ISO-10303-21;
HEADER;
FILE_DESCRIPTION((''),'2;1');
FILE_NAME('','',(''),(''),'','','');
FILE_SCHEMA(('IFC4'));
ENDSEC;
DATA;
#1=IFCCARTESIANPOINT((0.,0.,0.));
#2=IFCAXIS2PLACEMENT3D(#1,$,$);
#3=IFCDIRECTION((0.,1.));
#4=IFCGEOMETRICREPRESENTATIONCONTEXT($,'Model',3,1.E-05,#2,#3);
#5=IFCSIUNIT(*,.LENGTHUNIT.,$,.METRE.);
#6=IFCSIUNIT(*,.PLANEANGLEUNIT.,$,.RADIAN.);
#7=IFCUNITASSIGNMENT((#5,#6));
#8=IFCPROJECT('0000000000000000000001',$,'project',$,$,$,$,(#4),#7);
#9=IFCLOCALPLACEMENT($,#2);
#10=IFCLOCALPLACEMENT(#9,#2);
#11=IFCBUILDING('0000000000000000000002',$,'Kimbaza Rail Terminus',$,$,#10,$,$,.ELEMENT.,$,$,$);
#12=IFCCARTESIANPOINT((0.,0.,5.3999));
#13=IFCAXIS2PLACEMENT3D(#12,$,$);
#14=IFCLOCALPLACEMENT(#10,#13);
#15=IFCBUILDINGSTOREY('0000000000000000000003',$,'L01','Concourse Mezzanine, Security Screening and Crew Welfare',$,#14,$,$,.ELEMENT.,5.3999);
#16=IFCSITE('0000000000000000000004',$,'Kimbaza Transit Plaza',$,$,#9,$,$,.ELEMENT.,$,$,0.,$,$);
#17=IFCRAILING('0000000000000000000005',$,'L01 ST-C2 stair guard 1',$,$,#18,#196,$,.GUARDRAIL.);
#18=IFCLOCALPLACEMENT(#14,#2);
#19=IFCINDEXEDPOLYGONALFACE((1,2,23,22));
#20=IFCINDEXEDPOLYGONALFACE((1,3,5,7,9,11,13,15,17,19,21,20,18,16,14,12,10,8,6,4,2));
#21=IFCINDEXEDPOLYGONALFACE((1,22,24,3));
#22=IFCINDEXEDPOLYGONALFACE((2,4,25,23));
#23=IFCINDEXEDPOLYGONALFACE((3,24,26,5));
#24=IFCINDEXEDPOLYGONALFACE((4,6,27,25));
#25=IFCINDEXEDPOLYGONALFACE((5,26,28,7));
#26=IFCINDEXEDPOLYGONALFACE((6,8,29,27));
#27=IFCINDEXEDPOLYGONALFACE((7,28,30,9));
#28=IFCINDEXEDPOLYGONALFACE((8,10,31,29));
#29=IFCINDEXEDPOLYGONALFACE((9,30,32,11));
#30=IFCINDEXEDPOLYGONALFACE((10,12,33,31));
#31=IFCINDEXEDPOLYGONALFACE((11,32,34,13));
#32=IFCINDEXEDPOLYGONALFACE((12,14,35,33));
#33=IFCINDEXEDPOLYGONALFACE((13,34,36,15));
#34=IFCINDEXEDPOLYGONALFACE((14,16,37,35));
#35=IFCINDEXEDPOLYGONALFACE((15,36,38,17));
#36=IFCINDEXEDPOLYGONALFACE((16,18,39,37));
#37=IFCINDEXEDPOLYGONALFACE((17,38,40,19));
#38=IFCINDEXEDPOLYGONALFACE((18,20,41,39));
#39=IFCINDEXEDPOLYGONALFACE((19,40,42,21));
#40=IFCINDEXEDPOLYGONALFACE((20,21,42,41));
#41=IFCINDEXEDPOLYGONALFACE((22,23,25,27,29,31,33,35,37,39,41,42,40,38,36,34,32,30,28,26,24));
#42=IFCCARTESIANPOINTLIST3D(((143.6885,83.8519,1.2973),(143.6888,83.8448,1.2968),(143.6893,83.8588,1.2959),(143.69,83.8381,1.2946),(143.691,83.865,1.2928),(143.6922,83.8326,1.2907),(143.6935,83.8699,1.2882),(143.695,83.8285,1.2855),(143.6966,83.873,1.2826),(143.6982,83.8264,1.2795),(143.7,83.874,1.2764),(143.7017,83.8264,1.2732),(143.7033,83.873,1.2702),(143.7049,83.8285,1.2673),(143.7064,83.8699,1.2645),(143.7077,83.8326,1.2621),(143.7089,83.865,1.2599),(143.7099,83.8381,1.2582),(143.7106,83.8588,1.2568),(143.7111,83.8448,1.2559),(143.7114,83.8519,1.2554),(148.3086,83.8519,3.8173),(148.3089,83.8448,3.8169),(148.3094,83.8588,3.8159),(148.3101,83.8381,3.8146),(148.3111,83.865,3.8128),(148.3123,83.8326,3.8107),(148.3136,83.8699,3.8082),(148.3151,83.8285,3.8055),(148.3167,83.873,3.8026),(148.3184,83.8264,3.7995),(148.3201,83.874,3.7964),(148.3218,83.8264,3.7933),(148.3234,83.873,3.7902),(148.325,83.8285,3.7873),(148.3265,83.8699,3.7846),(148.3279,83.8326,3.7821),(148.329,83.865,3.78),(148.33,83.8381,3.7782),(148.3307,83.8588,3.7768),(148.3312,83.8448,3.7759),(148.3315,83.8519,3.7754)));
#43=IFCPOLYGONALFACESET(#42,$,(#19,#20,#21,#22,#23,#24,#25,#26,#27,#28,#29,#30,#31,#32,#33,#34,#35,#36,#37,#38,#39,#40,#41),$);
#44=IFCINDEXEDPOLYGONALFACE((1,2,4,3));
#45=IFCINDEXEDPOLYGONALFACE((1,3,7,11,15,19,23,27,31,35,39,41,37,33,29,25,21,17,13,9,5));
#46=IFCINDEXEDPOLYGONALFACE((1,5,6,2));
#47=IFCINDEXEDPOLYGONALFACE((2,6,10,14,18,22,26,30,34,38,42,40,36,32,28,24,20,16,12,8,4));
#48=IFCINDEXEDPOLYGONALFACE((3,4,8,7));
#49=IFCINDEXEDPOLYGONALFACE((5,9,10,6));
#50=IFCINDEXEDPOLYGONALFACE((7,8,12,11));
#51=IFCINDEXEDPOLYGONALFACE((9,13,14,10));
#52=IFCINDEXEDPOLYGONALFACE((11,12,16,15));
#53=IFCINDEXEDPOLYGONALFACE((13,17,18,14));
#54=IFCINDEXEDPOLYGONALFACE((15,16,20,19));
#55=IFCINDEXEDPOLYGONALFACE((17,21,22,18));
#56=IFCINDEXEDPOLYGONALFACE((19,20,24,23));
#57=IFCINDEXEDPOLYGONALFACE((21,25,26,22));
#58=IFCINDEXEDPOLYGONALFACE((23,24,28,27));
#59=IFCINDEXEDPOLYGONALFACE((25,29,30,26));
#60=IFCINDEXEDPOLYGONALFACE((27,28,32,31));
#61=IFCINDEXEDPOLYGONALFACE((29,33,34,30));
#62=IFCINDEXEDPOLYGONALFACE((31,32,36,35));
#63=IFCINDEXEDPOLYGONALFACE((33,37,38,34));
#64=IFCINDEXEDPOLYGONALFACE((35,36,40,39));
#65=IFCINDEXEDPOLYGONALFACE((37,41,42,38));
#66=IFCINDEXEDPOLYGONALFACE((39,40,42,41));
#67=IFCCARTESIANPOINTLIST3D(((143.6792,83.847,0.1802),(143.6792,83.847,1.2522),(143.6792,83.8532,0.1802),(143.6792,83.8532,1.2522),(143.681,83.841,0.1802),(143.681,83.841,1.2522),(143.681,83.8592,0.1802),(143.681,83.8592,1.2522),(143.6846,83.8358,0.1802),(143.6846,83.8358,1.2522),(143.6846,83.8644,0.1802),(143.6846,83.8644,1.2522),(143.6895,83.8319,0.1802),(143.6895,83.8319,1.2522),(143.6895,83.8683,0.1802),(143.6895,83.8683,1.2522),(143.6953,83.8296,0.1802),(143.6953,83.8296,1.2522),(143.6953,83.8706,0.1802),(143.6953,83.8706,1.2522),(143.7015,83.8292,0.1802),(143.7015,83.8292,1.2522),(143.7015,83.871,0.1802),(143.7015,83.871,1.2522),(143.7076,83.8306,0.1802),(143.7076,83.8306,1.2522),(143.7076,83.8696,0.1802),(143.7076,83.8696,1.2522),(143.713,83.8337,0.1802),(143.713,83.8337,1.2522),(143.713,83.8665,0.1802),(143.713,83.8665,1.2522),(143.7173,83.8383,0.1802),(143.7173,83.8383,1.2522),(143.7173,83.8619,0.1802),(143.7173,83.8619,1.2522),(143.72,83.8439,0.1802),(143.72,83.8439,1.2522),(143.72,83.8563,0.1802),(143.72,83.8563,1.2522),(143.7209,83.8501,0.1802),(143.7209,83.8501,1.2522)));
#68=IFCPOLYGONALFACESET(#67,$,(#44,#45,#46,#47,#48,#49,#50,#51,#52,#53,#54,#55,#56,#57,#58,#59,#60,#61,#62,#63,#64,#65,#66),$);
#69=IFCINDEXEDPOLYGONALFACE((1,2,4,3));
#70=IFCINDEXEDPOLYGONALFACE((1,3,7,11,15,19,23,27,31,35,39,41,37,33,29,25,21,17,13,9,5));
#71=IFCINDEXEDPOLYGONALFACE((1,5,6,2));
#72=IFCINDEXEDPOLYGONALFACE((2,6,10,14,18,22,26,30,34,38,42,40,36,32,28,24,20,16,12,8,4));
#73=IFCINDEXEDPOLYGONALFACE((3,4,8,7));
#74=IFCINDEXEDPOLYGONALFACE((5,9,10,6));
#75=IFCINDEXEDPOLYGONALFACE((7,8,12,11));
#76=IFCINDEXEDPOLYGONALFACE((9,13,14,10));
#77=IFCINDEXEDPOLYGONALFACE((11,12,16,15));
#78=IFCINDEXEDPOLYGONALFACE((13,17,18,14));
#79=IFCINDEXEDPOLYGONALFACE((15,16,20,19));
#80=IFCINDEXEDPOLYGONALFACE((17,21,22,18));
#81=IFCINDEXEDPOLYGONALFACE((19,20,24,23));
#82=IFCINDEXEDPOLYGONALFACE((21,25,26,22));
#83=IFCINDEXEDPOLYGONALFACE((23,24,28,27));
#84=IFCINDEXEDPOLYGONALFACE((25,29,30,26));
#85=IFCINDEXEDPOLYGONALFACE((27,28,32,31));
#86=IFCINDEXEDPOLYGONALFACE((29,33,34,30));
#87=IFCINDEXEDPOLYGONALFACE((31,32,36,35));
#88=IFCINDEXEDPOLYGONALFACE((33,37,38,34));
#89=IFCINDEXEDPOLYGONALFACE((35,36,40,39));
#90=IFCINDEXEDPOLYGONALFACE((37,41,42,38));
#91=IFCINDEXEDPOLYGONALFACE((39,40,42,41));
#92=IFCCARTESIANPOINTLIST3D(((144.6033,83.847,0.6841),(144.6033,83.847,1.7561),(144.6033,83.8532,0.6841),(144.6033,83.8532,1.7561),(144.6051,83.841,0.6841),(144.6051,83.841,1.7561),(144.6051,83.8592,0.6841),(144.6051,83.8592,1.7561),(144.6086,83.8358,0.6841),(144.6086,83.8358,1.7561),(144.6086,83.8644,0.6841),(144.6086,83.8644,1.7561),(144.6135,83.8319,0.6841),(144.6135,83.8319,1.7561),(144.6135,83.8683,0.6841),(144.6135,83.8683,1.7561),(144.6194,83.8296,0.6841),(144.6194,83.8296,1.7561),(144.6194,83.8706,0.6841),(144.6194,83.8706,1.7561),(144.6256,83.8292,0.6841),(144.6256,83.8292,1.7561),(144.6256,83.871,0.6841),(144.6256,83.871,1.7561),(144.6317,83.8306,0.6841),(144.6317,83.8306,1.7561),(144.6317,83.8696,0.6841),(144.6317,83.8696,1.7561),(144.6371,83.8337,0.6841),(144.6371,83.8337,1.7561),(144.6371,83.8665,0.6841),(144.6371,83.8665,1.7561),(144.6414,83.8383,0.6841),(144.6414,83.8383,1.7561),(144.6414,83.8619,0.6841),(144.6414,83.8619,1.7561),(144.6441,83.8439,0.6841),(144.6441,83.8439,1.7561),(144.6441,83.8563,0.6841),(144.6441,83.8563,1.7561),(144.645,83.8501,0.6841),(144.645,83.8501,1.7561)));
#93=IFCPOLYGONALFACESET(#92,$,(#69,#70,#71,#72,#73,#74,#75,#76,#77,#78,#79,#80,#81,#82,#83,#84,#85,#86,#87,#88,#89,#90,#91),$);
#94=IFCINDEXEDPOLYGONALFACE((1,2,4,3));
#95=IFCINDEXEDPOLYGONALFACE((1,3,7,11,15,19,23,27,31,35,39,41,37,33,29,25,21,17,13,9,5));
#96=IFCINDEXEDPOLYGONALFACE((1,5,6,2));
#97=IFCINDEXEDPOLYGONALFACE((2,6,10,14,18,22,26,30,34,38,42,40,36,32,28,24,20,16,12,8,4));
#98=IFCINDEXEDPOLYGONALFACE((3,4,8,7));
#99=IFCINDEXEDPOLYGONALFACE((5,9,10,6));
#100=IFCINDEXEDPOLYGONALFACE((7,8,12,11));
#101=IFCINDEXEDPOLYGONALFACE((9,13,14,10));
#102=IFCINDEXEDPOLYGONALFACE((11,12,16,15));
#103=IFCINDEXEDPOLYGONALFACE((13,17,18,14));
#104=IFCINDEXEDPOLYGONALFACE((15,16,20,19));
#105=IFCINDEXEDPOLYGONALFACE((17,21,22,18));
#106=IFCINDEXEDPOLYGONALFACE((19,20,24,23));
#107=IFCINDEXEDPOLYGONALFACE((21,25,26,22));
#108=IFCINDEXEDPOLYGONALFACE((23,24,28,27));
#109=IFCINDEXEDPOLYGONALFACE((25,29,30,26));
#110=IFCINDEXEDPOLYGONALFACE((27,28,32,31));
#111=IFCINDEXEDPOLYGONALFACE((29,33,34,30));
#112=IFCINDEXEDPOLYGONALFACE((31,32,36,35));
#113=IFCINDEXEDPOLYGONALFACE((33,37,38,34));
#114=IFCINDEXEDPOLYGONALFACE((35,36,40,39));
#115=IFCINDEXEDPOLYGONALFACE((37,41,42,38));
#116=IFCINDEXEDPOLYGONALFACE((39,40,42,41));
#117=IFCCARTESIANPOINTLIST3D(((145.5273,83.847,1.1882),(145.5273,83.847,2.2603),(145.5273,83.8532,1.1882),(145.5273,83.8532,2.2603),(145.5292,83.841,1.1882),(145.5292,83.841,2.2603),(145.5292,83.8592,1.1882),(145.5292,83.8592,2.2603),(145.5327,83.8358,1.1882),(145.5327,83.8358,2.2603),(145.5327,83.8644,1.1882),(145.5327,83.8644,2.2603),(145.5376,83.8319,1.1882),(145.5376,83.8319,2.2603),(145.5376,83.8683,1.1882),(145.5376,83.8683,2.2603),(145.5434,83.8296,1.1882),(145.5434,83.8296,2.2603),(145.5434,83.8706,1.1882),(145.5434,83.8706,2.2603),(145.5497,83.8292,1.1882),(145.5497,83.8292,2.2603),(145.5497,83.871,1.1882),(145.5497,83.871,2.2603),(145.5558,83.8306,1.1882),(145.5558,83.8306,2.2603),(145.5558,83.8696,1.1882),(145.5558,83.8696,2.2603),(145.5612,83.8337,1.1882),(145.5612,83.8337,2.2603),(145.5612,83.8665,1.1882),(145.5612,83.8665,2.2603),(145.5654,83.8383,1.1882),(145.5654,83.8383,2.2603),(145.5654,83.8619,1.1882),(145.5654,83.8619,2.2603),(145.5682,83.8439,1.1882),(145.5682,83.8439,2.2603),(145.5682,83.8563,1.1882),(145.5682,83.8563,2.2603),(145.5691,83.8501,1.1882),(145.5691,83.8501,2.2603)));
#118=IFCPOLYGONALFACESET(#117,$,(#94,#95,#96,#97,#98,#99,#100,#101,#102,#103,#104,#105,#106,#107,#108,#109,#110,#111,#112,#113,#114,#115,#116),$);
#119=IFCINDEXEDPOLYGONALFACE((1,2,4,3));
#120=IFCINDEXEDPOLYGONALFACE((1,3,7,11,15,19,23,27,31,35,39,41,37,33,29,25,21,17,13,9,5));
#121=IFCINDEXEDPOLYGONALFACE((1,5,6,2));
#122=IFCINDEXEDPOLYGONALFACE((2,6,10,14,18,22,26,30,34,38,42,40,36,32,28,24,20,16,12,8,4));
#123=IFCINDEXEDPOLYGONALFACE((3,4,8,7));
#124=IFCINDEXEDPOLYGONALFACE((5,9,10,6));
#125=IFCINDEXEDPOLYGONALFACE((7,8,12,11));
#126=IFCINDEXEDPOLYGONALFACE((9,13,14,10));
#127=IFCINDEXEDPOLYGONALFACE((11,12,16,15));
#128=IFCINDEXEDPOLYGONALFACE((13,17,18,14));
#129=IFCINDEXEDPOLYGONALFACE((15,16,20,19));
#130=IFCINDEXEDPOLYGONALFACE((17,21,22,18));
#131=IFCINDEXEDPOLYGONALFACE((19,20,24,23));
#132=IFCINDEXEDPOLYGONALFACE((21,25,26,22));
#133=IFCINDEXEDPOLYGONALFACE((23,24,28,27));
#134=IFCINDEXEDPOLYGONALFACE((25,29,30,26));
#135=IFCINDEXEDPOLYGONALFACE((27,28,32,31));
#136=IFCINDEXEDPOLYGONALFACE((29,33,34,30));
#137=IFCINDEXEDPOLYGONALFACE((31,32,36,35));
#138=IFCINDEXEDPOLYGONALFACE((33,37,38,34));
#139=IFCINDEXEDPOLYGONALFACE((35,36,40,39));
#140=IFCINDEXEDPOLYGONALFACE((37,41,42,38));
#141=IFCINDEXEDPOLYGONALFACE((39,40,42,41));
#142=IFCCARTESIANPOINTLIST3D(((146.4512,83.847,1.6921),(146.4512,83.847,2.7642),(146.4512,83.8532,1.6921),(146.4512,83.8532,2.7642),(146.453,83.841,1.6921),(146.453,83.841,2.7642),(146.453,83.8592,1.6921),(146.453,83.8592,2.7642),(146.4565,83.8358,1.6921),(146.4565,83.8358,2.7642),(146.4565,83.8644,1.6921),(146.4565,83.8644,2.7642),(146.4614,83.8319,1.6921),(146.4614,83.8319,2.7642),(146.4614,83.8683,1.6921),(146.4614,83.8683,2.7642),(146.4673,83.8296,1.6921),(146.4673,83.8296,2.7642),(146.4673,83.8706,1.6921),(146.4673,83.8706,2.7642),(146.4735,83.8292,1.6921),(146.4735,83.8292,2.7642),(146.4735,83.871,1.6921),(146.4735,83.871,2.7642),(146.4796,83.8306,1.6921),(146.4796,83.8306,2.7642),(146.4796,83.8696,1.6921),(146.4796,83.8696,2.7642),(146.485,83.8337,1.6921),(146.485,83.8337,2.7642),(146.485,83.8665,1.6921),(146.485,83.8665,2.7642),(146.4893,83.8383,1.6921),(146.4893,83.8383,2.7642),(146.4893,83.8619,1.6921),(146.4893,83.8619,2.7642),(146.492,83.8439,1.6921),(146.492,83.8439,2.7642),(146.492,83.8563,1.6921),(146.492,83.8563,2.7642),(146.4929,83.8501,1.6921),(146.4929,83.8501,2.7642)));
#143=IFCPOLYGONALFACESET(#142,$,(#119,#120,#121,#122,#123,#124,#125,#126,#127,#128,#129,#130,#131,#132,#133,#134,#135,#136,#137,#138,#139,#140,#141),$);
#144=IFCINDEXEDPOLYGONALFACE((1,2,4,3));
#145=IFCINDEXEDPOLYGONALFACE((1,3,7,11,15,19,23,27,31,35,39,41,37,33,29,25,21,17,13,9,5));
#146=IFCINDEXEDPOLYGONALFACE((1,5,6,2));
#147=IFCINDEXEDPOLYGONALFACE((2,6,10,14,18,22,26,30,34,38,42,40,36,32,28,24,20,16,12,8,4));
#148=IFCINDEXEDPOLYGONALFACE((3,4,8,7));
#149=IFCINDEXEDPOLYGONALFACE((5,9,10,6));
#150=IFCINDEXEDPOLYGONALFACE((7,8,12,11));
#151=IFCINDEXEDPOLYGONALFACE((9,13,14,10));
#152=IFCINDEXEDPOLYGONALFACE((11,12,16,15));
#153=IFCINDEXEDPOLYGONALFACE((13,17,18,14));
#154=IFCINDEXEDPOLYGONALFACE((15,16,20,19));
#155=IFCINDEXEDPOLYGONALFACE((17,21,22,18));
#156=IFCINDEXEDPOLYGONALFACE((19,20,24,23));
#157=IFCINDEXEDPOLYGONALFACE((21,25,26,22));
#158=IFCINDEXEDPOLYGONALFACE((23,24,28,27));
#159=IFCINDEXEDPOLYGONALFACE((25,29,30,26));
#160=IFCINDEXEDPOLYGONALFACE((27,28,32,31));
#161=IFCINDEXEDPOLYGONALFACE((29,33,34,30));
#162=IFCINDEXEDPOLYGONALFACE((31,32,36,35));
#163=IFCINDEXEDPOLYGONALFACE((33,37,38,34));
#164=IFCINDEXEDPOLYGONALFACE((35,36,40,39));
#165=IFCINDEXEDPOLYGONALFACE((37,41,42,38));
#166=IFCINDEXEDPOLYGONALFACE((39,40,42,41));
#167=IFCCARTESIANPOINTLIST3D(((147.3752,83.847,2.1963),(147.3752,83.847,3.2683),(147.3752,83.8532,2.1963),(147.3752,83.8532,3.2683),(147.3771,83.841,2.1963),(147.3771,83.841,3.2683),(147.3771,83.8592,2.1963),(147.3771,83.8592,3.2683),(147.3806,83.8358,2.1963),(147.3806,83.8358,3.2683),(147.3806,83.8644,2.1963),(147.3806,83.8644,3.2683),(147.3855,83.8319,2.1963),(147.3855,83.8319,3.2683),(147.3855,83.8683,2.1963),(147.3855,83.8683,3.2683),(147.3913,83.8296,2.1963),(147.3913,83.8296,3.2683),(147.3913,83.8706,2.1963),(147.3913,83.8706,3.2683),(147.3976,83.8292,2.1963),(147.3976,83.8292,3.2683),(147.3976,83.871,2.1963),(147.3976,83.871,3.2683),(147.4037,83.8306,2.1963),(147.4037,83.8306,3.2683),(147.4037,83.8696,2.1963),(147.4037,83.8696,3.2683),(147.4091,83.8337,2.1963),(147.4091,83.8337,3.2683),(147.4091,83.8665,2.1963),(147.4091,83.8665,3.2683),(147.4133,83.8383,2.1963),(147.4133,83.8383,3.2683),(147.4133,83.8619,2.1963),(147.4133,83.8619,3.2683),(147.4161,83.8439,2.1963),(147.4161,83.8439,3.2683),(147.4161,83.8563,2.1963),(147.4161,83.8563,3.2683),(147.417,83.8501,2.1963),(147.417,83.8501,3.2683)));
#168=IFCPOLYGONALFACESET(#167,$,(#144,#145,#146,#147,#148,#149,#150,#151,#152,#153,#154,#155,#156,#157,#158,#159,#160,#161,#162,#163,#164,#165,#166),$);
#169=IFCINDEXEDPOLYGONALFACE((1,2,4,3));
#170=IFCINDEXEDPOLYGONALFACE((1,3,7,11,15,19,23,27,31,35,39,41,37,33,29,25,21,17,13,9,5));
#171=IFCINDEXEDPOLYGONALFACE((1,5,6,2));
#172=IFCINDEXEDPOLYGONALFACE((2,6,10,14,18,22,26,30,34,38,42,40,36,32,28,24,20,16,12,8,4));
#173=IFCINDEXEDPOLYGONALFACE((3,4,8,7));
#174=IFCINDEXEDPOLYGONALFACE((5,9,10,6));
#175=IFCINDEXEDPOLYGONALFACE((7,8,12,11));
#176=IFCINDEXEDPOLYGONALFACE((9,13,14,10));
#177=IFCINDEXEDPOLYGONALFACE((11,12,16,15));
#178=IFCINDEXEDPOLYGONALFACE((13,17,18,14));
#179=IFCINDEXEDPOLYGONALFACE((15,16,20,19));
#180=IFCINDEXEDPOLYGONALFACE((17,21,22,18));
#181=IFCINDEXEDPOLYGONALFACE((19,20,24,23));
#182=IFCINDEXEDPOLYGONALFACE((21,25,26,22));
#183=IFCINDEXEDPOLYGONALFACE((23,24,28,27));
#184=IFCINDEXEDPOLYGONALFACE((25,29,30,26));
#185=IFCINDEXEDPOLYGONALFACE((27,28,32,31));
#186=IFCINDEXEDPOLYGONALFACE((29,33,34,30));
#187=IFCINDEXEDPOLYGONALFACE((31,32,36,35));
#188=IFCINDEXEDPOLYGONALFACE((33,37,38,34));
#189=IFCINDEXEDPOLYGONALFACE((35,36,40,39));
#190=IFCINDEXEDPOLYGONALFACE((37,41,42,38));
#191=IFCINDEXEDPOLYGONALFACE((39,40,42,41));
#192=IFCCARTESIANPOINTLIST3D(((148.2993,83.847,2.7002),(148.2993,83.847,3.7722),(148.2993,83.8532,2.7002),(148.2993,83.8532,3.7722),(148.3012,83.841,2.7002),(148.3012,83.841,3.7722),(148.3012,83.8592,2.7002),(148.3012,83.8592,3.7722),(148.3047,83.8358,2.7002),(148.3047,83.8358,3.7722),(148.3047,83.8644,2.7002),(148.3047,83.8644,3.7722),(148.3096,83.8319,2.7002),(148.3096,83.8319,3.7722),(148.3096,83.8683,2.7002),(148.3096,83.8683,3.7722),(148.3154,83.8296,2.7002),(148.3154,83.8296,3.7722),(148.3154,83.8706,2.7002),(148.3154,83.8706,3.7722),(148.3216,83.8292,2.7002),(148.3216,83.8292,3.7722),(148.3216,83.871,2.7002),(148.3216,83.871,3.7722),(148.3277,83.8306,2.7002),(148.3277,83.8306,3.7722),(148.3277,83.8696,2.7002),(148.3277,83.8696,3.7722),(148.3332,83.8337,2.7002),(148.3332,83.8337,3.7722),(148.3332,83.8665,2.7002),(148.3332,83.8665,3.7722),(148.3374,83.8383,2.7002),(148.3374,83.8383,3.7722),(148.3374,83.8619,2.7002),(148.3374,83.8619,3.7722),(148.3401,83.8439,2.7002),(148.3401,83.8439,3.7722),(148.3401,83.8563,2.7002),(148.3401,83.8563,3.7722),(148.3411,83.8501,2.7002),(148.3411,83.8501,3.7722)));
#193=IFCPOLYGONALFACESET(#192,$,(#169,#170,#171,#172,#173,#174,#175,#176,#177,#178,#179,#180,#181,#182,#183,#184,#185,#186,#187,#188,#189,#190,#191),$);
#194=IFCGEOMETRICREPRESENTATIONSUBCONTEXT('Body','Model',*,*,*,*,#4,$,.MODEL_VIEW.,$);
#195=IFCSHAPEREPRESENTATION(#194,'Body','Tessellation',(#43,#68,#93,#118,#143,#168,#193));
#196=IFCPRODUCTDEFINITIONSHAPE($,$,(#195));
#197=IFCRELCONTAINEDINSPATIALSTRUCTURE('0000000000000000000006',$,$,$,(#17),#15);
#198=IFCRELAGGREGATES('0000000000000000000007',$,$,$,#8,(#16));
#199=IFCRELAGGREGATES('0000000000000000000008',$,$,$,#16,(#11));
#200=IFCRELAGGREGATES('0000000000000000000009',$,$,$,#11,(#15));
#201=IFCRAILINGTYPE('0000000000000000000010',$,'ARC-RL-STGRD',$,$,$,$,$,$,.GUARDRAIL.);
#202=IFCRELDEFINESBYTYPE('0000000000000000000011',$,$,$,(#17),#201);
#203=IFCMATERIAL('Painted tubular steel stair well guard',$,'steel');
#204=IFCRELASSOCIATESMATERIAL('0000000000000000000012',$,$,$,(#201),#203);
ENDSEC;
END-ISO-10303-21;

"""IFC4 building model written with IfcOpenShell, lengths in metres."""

from ifc_helpers import new_model, si_unit, direction, frame, origin, origin_2d, place, context, subcontext, project, spatial, circle, extrude, material, type_object, element, save


model = new_model("IFC4")

# Units and contexts
model_context = context("Model", 3, precision=1e-05, world=origin(), true_north=direction((0.0, 1.0)))
body_context = subcontext(model_context, "Body", "Model", "MODEL_VIEW")
ifc_project = project(units=[si_unit("LENGTHUNIT", "METRE"), si_unit("PLANEANGLEUNIT", "RADIAN")], contexts=[model_context])

# Site, building, storey
site_placement = place(None, origin())
site = spatial("IfcSite", under=ifc_project, at=site_placement, Name="Kimbaza Transit Plaza", CompositionType="ELEMENT", RefElevation=0.0)
building_placement = place(site_placement, origin())
building = spatial("IfcBuilding", under=site, at=building_placement, Name="Kimbaza Rail Terminus", CompositionType="ELEMENT")
storey_placement = place(building_placement, frame((0.0, 0.0, 5.3999)))
storey = spatial("IfcBuildingStorey", under=building, at=storey_placement, Name="L01", Description="Concourse Mezzanine, Security Screening and Crew Welfare", CompositionType="ELEMENT", Elevation=5.3999)

# Railing
ifc_material_1 = material(Name="Painted tubular steel stair well guard", Category="steel")
railing_type_1 = type_object("IfcRailingType", Name="ARC-RL-STGRD", PredefinedType="GUARDRAIL", material=ifc_material_1)
railing_1_placement = place(storey_placement, frame((143.7, 83.8501, 0.1802)))
element("IfcRailing", 1, at=railing_1_placement, inside=storey, type_object=railing_type_1, Name="L01 ST-C2 stair guard 1", PredefinedType="GUARDRAIL", context=body_context, shape_type="SweptSolid", body=[
    extrude(circle(Radius=0.0239, at=origin_2d()), frame((0.0, 0.0, 1.0962), z_axis=(0.877899, 0.0, 0.478846), x_axis=(0.0, 1.0, 0.0)), (0.0, 0.0, 1.0), 5.2627),
    extrude(circle(Radius=0.021, at=origin_2d()), origin(), (0.0, 0.0, 1.0), 1.072),
    extrude(circle(Radius=0.021, at=origin_2d()), frame((0.9241, 0.0, 0.5039)), (0.0, 0.0, 1.0), 1.072),
    extrude(circle(Radius=0.021, at=origin_2d()), frame((1.8481, 0.0, 1.0081)), (0.0, 0.0, 1.0), 1.072),
    extrude(circle(Radius=0.021, at=origin_2d()), frame((2.772, 0.0, 1.512)), (0.0, 0.0, 1.0), 1.072),
    extrude(circle(Radius=0.021, at=origin_2d()), frame((3.696, 0.0, 2.0161)), (0.0, 0.0, 1.0), 1.072),
    extrude(circle(Radius=0.021, at=origin_2d()), frame((4.6201, 0.0, 2.52)), (0.0, 0.0, 1.0), 1.072),
])

save(model, "model.ifc")
